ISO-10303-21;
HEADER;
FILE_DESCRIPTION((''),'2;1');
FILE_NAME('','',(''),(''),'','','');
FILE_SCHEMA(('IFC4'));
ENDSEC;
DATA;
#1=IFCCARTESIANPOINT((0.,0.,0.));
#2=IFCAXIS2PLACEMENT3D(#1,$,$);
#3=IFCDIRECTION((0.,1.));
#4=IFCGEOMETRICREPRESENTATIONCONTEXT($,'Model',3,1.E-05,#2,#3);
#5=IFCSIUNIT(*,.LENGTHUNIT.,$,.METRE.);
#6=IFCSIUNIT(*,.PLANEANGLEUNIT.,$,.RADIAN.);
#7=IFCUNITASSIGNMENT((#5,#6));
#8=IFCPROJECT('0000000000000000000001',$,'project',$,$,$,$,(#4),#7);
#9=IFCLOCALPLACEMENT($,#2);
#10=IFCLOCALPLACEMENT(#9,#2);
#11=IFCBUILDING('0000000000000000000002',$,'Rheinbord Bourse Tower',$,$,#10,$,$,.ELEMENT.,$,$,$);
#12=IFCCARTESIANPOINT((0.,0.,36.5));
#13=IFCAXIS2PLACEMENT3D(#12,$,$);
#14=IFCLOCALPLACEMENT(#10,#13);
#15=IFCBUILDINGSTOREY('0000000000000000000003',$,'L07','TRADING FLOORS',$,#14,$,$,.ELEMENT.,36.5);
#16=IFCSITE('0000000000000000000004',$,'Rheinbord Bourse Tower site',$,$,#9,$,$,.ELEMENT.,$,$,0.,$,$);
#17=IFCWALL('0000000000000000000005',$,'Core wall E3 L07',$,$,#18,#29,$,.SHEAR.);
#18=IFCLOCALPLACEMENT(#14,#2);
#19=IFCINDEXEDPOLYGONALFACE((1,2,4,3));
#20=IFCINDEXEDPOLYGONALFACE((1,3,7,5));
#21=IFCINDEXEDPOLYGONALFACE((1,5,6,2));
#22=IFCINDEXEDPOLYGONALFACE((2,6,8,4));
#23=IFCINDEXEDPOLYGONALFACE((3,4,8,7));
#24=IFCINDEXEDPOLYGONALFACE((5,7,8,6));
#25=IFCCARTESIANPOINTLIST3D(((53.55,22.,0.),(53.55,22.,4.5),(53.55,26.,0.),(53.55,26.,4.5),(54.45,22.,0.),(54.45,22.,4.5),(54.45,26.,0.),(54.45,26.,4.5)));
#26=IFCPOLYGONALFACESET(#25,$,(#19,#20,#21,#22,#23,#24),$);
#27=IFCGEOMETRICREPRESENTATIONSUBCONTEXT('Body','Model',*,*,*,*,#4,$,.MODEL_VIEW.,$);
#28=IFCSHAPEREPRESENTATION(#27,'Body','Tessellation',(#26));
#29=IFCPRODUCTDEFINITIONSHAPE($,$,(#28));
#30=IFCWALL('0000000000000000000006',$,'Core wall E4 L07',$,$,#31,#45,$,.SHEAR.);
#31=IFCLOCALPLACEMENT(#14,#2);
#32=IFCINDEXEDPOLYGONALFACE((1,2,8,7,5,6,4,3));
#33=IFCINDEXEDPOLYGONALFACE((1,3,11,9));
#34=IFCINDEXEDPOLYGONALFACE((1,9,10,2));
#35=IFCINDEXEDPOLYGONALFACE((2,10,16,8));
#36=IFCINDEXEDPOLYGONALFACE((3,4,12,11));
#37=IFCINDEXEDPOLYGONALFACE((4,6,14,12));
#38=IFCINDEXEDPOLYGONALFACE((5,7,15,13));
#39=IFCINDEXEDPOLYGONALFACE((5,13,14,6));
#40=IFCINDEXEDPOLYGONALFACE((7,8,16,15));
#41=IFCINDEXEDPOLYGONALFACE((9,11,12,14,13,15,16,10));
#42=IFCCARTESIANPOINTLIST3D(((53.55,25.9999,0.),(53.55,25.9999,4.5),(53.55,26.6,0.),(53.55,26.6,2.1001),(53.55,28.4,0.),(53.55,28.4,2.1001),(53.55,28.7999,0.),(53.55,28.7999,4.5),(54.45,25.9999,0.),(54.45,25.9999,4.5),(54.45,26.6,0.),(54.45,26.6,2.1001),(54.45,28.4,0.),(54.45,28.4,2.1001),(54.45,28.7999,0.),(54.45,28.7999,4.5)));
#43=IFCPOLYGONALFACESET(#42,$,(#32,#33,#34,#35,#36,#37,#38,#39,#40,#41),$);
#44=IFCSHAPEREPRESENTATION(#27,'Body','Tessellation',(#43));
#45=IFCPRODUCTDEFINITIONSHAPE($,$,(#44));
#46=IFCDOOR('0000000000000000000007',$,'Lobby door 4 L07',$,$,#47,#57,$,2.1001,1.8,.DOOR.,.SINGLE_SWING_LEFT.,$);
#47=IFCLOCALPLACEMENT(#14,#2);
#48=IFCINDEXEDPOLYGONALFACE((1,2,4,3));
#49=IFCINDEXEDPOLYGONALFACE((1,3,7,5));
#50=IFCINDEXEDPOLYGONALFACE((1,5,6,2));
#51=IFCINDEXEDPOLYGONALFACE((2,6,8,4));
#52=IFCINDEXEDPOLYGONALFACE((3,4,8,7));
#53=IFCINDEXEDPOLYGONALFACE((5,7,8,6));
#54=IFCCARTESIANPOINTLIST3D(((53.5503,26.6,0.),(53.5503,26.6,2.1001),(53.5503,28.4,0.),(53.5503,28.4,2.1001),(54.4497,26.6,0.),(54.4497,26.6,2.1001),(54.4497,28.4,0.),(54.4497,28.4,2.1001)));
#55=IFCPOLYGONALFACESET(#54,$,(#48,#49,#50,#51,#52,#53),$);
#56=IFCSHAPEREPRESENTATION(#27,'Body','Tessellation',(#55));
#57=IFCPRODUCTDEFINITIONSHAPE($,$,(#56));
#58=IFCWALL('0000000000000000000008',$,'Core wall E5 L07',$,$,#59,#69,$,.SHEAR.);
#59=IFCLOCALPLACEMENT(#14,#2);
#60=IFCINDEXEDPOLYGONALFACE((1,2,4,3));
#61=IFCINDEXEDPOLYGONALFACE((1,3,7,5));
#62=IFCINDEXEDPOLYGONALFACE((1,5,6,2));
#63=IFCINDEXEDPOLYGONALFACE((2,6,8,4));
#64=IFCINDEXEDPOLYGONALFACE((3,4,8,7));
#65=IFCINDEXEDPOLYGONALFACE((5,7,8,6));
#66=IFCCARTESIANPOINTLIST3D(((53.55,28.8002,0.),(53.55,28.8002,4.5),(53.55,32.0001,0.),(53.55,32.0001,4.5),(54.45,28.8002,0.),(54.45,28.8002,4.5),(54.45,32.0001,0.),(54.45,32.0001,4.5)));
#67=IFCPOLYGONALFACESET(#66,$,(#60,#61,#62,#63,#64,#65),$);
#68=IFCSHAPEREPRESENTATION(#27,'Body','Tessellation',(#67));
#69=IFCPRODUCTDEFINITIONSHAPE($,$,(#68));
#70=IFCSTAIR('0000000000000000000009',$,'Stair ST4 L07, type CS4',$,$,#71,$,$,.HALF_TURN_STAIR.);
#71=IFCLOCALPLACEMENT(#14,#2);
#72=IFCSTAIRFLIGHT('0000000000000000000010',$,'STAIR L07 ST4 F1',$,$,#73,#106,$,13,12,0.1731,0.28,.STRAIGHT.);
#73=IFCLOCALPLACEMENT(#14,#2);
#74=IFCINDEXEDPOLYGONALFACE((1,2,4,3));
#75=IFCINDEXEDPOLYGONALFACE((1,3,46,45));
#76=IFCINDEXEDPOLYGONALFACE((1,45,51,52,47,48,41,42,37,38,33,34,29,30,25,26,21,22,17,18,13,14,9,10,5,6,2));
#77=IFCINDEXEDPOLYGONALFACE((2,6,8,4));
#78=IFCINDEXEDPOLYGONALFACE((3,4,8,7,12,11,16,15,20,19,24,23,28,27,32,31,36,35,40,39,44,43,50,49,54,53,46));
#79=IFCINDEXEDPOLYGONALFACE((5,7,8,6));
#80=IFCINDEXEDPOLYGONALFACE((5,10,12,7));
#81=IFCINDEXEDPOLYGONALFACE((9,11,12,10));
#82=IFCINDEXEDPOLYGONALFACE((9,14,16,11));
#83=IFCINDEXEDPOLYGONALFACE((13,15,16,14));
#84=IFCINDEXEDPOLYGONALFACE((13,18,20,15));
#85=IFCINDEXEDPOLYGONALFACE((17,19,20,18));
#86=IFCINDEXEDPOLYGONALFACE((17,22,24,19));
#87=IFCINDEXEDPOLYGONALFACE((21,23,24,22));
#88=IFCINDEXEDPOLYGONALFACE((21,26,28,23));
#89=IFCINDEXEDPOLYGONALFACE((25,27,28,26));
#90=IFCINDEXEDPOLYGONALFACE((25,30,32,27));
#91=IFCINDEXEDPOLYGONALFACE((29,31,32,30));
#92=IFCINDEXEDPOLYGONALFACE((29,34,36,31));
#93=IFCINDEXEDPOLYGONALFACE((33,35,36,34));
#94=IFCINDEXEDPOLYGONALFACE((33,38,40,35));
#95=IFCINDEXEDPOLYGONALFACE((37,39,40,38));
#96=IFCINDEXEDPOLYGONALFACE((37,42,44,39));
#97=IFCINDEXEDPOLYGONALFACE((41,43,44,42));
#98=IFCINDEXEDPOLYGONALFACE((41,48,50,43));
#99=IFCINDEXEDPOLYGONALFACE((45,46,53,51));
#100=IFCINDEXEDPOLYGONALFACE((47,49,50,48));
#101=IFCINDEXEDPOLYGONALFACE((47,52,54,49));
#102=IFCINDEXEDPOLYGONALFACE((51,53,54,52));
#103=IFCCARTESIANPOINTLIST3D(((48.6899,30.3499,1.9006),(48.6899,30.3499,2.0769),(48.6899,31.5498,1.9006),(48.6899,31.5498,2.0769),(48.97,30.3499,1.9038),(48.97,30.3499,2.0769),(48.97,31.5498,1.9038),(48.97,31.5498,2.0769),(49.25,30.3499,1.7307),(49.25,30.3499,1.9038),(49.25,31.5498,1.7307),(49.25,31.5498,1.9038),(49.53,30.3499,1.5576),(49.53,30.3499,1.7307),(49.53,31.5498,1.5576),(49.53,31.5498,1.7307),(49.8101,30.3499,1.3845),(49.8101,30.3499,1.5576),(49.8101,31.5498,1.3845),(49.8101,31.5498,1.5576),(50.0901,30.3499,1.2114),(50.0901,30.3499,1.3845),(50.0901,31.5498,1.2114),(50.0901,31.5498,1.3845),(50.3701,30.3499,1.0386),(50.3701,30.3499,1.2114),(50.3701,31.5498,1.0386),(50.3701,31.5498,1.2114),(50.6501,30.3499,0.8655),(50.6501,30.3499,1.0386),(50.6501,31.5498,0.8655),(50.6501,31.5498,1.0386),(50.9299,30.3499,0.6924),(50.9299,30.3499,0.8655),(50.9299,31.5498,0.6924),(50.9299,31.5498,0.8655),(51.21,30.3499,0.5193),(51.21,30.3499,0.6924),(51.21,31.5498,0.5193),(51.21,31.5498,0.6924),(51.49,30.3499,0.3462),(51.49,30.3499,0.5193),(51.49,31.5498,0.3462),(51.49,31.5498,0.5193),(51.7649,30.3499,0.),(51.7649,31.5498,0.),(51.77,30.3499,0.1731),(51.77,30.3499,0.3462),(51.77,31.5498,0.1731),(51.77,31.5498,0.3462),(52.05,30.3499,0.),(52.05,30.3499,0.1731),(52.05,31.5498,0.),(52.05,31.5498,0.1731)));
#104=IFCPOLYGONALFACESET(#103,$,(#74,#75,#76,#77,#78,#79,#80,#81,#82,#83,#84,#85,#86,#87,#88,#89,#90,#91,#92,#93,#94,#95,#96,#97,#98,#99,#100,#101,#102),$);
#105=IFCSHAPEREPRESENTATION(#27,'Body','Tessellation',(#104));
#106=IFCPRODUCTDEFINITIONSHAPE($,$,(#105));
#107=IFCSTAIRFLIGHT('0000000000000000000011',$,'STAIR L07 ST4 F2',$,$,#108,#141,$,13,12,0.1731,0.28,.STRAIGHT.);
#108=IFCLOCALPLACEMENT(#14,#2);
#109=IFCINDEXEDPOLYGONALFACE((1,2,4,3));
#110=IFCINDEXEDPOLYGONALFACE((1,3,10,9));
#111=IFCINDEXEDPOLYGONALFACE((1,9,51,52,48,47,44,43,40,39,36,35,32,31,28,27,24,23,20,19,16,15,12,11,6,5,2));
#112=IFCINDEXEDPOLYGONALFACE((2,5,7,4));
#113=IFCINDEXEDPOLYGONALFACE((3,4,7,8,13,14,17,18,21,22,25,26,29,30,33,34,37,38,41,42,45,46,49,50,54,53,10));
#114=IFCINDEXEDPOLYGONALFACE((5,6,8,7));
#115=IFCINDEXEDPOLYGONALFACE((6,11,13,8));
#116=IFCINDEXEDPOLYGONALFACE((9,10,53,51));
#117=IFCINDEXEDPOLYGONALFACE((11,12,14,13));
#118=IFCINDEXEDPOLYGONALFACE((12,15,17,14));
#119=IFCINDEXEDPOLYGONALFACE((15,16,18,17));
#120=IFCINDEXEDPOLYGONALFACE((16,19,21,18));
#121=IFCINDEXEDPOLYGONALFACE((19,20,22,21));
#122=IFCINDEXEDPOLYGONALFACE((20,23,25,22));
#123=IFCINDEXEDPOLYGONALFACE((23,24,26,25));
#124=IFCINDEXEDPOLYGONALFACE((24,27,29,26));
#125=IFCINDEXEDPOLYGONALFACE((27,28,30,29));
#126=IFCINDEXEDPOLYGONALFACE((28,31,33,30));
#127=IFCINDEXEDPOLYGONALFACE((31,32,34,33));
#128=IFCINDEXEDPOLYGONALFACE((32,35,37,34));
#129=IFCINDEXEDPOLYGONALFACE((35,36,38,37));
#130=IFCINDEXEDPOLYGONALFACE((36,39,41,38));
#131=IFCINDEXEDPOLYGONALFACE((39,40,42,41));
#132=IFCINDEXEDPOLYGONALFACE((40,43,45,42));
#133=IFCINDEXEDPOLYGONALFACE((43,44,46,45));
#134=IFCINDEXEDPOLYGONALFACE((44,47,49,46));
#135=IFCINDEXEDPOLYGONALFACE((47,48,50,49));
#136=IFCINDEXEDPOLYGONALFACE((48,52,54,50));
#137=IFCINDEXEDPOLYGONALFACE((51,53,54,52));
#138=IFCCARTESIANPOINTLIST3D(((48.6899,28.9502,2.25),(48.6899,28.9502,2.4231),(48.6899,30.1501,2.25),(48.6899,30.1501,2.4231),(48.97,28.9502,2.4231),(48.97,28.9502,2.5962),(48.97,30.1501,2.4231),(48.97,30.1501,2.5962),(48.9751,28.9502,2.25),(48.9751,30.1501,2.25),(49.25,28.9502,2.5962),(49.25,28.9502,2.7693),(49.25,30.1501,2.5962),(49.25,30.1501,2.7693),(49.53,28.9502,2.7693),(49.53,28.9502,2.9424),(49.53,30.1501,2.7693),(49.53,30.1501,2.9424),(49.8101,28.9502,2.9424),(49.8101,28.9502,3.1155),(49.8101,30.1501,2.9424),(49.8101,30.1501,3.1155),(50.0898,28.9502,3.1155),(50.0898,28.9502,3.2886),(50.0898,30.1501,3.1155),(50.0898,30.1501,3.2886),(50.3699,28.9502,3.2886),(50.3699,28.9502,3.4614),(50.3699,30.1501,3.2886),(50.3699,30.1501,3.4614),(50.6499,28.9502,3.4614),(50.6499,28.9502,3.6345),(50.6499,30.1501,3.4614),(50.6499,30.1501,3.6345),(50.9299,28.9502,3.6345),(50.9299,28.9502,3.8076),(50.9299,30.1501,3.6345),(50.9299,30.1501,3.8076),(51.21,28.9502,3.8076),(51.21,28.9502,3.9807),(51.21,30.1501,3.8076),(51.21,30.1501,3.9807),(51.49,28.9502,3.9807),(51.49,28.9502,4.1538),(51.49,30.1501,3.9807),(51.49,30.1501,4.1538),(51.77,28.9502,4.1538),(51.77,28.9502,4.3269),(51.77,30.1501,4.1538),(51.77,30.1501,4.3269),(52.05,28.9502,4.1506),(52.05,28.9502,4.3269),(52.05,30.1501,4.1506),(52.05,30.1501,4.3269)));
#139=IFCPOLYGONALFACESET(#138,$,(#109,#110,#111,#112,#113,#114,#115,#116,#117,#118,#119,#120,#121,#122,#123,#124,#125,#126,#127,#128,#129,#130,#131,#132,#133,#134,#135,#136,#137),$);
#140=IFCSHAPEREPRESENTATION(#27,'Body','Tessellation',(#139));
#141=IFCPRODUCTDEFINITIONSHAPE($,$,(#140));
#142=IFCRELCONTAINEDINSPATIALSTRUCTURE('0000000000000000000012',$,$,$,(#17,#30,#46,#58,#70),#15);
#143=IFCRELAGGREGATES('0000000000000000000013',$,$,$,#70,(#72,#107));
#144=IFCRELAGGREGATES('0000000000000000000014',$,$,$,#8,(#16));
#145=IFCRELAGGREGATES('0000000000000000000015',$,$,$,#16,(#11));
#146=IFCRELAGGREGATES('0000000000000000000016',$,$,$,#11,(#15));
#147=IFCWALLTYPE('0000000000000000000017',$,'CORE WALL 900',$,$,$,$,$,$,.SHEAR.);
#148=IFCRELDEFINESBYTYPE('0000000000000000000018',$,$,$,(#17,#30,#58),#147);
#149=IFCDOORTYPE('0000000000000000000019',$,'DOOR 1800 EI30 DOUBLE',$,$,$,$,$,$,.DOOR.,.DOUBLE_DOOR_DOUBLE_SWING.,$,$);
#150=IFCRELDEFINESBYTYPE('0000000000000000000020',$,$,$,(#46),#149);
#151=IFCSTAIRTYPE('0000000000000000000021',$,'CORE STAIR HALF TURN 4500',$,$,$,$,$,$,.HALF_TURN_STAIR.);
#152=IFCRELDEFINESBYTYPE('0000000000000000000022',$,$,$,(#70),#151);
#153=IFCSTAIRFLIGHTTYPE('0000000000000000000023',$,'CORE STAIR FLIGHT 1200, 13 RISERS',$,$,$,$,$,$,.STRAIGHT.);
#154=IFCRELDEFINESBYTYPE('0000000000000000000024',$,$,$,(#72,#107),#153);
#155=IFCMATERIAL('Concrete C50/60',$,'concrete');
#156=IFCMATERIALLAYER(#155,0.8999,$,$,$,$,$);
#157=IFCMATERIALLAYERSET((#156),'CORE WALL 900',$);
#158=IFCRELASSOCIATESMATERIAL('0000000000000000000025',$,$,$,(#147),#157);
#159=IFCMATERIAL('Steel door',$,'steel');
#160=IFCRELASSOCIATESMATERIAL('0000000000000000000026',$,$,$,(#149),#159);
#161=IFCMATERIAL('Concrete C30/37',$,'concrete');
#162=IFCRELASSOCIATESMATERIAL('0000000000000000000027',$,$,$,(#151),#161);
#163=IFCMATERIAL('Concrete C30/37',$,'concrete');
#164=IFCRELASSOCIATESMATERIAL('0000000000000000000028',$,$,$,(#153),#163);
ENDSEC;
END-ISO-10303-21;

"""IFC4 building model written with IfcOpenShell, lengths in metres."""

from ifc_helpers import new_model, si_unit, direction, frame, frame_2d, origin, place, context, subcontext, project, spatial, polyline, rectangle, outline, extrude, material, layer, layer_set, type_object, element, fill, aggregate, save


model = new_model("IFC4")

# Units and contexts
model_context = context("Model", 3, precision=1e-05, world=origin(), true_north=direction((0.0, 1.0)))
body_context = subcontext(model_context, "Body", "Model", "MODEL_VIEW")
ifc_project = project(units=[si_unit("LENGTHUNIT", "METRE"), si_unit("PLANEANGLEUNIT", "RADIAN")], contexts=[model_context])

# Site, building, storey
site_placement = place(None, origin())
site = spatial("IfcSite", under=ifc_project, at=site_placement, Name="Rheinbord Bourse Tower site", CompositionType="ELEMENT", RefElevation=0.0)
building_placement = place(site_placement, origin())
building = spatial("IfcBuilding", under=site, at=building_placement, Name="Rheinbord Bourse Tower", CompositionType="ELEMENT")
storey_placement = place(building_placement, frame((0.0, 0.0, 36.5)))
storey = spatial("IfcBuildingStorey", under=building, at=storey_placement, Name="L07", Description="TRADING FLOORS", CompositionType="ELEMENT", Elevation=36.5)

# Wall
ifc_material_1 = material(Name="Concrete C50/60", Category="concrete")
ifc_layer_1 = layer(ifc_material_1, 0.8999)
ifc_layer_set_1 = layer_set([ifc_layer_1], Name="CORE WALL 900")
wall_type_1 = type_object("IfcWallType", Name="CORE WALL 900", PredefinedType="SHEAR", material=ifc_layer_set_1)
wall_1_placement = place(storey_placement, frame((54.0, 22.0, 0.0), z_axis=(0.0, 0.0, 1.0), x_axis=(0.0, 1.0, 0.0)))
element("IfcWall", 1, at=wall_1_placement, inside=storey, type_object=wall_type_1, Name="Core wall E3 L07", PredefinedType="SHEAR", context=body_context, shape_type="SweptSolid", body=[
    extrude(rectangle(XDim=4.0, YDim=0.8999, at=frame_2d((2.0, 0.0))), origin(), (0.0, 0.0, 1.0), 4.5),
])

# Wall, opening, door
wall_2_placement = place(storey_placement, frame((54.0, 26.0, 0.0), z_axis=(0.0, 0.0, 1.0), x_axis=(0.0, 1.0, 0.0)))
wall_2 = element("IfcWall", 2, at=wall_2_placement, inside=storey, type_object=wall_type_1, Name="Core wall E4 L07", PredefinedType="SHEAR", context=body_context, shape_type="SweptSolid", body=[
    extrude(rectangle(XDim=2.8, YDim=0.8999, at=frame_2d((1.3999, 0.0))), origin(), (0.0, 0.0, 1.0), 4.5),
])
opening_1_placement = place(wall_2_placement, frame((0.6001, 0.0, 0.0)))
opening_1 = element("IfcOpeningElement", 3, at=opening_1_placement, cuts=wall_2, PredefinedType="OPENING", context=body_context, shape_type="SweptSolid", body=[
    extrude(rectangle(XDim=1.8, YDim=2.1001, at=frame_2d((0.8999, 1.05))), frame((0.0, 0.46, 0.0), z_axis=(0.0, -1.0, 0.0), x_axis=(1.0, 0.0, 0.0)), (0.0, 0.0, 1.0), 0.9199),
])
ifc_material_2 = material(Name="Steel door", Category="steel")
door_type_1 = type_object("IfcDoorType", Name="DOOR 1800 EI30 DOUBLE", OperationType="DOUBLE_DOOR_DOUBLE_SWING", PredefinedType="DOOR", material=ifc_material_2)
door_1_placement = place(opening_1_placement, origin())
door_1 = element("IfcDoor", 4, at=door_1_placement, inside=storey, type_object=door_type_1, Name="Lobby door 4 L07", OperationType="SINGLE_SWING_LEFT", OverallHeight=2.1001, OverallWidth=1.8, PredefinedType="DOOR", context=body_context, shape_type="SweptSolid", body=[
    extrude(rectangle(XDim=1.8, YDim=2.1001, at=frame_2d((0.8999, 1.05))), frame((0.0, 0.4497, 0.0), z_axis=(0.0, -1.0, 0.0), x_axis=(1.0, 0.0, 0.0)), (0.0, 0.0, 1.0), 0.8994),
])
fill(opening_1, door_1)

# Wall
wall_3_placement = place(storey_placement, frame((54.0, 28.8, 0.0), z_axis=(0.0, 0.0, 1.0), x_axis=(0.0, 1.0, 0.0)))
element("IfcWall", 5, at=wall_3_placement, inside=storey, type_object=wall_type_1, Name="Core wall E5 L07", PredefinedType="SHEAR", context=body_context, shape_type="SweptSolid", body=[
    extrude(rectangle(XDim=3.2, YDim=0.8999, at=frame_2d((1.6001, 0.0))), origin(), (0.0, 0.0, 1.0), 4.5),
])

# Stair, stair flights
ifc_material_3 = material(Name="Concrete C30/37", Category="concrete")
stair_type = type_object("IfcStairType", Name="CORE STAIR HALF TURN 4500", PredefinedType="HALF_TURN_STAIR", material=ifc_material_3)
stair_placement = place(storey_placement, origin())
stair = element("IfcStair", 6, at=stair_placement, inside=storey, type_object=stair_type, Name="Stair ST4 L07, type CS4", PredefinedType="HALF_TURN_STAIR")
ifc_material_4 = material(Name="Concrete C30/37", Category="concrete")
stair_flight_type = type_object("IfcStairFlightType", Name="CORE STAIR FLIGHT 1200, 13 RISERS", PredefinedType="STRAIGHT", material=ifc_material_4)
stair_flight_1_placement = place(storey_placement, frame((52.05, 30.95, 0.0), z_axis=(0.0, 0.0, 1.0), x_axis=(-1.0, 0.0, 0.0)))
stair_flight_1 = element("IfcStairFlight", 7, at=stair_flight_1_placement, type_object=stair_flight_type, Name="STAIR L07 ST4 F1", NumberOfRisers=13, NumberOfTreads=12, PredefinedType="STRAIGHT", RiserHeight=0.1731, TreadLength=0.28, context=body_context, shape_type="SweptSolid", body=[
    extrude(outline(polyline([(0.0, 0.0), (0.0, 0.1731), (0.28, 0.1731), (0.28, 0.3462), (0.5601, 0.3462), (0.5601, 0.5193), (0.8401, 0.5193), (0.8401, 0.6924), (1.1201, 0.6924), (1.1201, 0.8655), (1.3999, 0.8655), (1.3999, 1.0386), (1.6799, 1.0386), (1.6799, 1.2114), (1.96, 1.2114), (1.96, 1.3845), (2.24, 1.3845), (2.24, 1.5576), (2.52, 1.5576), (2.52, 1.7307), (2.8, 1.7307), (2.8, 1.9038), (3.0801, 1.9038), (3.0801, 2.0769), (3.3601, 2.0769), (3.3601, 2.25), (3.3601, 1.9006), (0.2852, 0.0), (0.0, 0.0)])), frame((0.0, 0.6001, 0.0), z_axis=(0.0, -1.0, 0.0), x_axis=(1.0, 0.0, 0.0)), (0.0, 0.0, 1.0), 1.2),
])
stair_flight_2_placement = place(storey_placement, frame((48.6899, 29.55, 2.25), z_axis=(0.0, 0.0, 1.0), x_axis=(1.0, 0.0, 0.0)))
stair_flight_2 = element("IfcStairFlight", 8, at=stair_flight_2_placement, type_object=stair_flight_type, Name="STAIR L07 ST4 F2", NumberOfRisers=13, NumberOfTreads=12, PredefinedType="STRAIGHT", RiserHeight=0.1731, TreadLength=0.28, context=body_context, shape_type="SweptSolid", body=[
    extrude(outline(polyline([(0.0, 0.0), (0.0, 0.1731), (0.28, 0.1731), (0.28, 0.3462), (0.5601, 0.3462), (0.5601, 0.5193), (0.8401, 0.5193), (0.8401, 0.6924), (1.1201, 0.6924), (1.1201, 0.8655), (1.3999, 0.8655), (1.3999, 1.0386), (1.6799, 1.0386), (1.6799, 1.2114), (1.96, 1.2114), (1.96, 1.3845), (2.24, 1.3845), (2.24, 1.5576), (2.52, 1.5576), (2.52, 1.7307), (2.8, 1.7307), (2.8, 1.9038), (3.0801, 1.9038), (3.0801, 2.0769), (3.3601, 2.0769), (3.3601, 2.25), (3.3601, 1.9006), (0.2852, 0.0), (0.0, 0.0)])), frame((0.0, 0.6001, 0.0), z_axis=(0.0, -1.0, 0.0), x_axis=(1.0, 0.0, 0.0)), (0.0, 0.0, 1.0), 1.2),
])
aggregate(stair, [stair_flight_1, stair_flight_2])

save(model, "model.ifc")
